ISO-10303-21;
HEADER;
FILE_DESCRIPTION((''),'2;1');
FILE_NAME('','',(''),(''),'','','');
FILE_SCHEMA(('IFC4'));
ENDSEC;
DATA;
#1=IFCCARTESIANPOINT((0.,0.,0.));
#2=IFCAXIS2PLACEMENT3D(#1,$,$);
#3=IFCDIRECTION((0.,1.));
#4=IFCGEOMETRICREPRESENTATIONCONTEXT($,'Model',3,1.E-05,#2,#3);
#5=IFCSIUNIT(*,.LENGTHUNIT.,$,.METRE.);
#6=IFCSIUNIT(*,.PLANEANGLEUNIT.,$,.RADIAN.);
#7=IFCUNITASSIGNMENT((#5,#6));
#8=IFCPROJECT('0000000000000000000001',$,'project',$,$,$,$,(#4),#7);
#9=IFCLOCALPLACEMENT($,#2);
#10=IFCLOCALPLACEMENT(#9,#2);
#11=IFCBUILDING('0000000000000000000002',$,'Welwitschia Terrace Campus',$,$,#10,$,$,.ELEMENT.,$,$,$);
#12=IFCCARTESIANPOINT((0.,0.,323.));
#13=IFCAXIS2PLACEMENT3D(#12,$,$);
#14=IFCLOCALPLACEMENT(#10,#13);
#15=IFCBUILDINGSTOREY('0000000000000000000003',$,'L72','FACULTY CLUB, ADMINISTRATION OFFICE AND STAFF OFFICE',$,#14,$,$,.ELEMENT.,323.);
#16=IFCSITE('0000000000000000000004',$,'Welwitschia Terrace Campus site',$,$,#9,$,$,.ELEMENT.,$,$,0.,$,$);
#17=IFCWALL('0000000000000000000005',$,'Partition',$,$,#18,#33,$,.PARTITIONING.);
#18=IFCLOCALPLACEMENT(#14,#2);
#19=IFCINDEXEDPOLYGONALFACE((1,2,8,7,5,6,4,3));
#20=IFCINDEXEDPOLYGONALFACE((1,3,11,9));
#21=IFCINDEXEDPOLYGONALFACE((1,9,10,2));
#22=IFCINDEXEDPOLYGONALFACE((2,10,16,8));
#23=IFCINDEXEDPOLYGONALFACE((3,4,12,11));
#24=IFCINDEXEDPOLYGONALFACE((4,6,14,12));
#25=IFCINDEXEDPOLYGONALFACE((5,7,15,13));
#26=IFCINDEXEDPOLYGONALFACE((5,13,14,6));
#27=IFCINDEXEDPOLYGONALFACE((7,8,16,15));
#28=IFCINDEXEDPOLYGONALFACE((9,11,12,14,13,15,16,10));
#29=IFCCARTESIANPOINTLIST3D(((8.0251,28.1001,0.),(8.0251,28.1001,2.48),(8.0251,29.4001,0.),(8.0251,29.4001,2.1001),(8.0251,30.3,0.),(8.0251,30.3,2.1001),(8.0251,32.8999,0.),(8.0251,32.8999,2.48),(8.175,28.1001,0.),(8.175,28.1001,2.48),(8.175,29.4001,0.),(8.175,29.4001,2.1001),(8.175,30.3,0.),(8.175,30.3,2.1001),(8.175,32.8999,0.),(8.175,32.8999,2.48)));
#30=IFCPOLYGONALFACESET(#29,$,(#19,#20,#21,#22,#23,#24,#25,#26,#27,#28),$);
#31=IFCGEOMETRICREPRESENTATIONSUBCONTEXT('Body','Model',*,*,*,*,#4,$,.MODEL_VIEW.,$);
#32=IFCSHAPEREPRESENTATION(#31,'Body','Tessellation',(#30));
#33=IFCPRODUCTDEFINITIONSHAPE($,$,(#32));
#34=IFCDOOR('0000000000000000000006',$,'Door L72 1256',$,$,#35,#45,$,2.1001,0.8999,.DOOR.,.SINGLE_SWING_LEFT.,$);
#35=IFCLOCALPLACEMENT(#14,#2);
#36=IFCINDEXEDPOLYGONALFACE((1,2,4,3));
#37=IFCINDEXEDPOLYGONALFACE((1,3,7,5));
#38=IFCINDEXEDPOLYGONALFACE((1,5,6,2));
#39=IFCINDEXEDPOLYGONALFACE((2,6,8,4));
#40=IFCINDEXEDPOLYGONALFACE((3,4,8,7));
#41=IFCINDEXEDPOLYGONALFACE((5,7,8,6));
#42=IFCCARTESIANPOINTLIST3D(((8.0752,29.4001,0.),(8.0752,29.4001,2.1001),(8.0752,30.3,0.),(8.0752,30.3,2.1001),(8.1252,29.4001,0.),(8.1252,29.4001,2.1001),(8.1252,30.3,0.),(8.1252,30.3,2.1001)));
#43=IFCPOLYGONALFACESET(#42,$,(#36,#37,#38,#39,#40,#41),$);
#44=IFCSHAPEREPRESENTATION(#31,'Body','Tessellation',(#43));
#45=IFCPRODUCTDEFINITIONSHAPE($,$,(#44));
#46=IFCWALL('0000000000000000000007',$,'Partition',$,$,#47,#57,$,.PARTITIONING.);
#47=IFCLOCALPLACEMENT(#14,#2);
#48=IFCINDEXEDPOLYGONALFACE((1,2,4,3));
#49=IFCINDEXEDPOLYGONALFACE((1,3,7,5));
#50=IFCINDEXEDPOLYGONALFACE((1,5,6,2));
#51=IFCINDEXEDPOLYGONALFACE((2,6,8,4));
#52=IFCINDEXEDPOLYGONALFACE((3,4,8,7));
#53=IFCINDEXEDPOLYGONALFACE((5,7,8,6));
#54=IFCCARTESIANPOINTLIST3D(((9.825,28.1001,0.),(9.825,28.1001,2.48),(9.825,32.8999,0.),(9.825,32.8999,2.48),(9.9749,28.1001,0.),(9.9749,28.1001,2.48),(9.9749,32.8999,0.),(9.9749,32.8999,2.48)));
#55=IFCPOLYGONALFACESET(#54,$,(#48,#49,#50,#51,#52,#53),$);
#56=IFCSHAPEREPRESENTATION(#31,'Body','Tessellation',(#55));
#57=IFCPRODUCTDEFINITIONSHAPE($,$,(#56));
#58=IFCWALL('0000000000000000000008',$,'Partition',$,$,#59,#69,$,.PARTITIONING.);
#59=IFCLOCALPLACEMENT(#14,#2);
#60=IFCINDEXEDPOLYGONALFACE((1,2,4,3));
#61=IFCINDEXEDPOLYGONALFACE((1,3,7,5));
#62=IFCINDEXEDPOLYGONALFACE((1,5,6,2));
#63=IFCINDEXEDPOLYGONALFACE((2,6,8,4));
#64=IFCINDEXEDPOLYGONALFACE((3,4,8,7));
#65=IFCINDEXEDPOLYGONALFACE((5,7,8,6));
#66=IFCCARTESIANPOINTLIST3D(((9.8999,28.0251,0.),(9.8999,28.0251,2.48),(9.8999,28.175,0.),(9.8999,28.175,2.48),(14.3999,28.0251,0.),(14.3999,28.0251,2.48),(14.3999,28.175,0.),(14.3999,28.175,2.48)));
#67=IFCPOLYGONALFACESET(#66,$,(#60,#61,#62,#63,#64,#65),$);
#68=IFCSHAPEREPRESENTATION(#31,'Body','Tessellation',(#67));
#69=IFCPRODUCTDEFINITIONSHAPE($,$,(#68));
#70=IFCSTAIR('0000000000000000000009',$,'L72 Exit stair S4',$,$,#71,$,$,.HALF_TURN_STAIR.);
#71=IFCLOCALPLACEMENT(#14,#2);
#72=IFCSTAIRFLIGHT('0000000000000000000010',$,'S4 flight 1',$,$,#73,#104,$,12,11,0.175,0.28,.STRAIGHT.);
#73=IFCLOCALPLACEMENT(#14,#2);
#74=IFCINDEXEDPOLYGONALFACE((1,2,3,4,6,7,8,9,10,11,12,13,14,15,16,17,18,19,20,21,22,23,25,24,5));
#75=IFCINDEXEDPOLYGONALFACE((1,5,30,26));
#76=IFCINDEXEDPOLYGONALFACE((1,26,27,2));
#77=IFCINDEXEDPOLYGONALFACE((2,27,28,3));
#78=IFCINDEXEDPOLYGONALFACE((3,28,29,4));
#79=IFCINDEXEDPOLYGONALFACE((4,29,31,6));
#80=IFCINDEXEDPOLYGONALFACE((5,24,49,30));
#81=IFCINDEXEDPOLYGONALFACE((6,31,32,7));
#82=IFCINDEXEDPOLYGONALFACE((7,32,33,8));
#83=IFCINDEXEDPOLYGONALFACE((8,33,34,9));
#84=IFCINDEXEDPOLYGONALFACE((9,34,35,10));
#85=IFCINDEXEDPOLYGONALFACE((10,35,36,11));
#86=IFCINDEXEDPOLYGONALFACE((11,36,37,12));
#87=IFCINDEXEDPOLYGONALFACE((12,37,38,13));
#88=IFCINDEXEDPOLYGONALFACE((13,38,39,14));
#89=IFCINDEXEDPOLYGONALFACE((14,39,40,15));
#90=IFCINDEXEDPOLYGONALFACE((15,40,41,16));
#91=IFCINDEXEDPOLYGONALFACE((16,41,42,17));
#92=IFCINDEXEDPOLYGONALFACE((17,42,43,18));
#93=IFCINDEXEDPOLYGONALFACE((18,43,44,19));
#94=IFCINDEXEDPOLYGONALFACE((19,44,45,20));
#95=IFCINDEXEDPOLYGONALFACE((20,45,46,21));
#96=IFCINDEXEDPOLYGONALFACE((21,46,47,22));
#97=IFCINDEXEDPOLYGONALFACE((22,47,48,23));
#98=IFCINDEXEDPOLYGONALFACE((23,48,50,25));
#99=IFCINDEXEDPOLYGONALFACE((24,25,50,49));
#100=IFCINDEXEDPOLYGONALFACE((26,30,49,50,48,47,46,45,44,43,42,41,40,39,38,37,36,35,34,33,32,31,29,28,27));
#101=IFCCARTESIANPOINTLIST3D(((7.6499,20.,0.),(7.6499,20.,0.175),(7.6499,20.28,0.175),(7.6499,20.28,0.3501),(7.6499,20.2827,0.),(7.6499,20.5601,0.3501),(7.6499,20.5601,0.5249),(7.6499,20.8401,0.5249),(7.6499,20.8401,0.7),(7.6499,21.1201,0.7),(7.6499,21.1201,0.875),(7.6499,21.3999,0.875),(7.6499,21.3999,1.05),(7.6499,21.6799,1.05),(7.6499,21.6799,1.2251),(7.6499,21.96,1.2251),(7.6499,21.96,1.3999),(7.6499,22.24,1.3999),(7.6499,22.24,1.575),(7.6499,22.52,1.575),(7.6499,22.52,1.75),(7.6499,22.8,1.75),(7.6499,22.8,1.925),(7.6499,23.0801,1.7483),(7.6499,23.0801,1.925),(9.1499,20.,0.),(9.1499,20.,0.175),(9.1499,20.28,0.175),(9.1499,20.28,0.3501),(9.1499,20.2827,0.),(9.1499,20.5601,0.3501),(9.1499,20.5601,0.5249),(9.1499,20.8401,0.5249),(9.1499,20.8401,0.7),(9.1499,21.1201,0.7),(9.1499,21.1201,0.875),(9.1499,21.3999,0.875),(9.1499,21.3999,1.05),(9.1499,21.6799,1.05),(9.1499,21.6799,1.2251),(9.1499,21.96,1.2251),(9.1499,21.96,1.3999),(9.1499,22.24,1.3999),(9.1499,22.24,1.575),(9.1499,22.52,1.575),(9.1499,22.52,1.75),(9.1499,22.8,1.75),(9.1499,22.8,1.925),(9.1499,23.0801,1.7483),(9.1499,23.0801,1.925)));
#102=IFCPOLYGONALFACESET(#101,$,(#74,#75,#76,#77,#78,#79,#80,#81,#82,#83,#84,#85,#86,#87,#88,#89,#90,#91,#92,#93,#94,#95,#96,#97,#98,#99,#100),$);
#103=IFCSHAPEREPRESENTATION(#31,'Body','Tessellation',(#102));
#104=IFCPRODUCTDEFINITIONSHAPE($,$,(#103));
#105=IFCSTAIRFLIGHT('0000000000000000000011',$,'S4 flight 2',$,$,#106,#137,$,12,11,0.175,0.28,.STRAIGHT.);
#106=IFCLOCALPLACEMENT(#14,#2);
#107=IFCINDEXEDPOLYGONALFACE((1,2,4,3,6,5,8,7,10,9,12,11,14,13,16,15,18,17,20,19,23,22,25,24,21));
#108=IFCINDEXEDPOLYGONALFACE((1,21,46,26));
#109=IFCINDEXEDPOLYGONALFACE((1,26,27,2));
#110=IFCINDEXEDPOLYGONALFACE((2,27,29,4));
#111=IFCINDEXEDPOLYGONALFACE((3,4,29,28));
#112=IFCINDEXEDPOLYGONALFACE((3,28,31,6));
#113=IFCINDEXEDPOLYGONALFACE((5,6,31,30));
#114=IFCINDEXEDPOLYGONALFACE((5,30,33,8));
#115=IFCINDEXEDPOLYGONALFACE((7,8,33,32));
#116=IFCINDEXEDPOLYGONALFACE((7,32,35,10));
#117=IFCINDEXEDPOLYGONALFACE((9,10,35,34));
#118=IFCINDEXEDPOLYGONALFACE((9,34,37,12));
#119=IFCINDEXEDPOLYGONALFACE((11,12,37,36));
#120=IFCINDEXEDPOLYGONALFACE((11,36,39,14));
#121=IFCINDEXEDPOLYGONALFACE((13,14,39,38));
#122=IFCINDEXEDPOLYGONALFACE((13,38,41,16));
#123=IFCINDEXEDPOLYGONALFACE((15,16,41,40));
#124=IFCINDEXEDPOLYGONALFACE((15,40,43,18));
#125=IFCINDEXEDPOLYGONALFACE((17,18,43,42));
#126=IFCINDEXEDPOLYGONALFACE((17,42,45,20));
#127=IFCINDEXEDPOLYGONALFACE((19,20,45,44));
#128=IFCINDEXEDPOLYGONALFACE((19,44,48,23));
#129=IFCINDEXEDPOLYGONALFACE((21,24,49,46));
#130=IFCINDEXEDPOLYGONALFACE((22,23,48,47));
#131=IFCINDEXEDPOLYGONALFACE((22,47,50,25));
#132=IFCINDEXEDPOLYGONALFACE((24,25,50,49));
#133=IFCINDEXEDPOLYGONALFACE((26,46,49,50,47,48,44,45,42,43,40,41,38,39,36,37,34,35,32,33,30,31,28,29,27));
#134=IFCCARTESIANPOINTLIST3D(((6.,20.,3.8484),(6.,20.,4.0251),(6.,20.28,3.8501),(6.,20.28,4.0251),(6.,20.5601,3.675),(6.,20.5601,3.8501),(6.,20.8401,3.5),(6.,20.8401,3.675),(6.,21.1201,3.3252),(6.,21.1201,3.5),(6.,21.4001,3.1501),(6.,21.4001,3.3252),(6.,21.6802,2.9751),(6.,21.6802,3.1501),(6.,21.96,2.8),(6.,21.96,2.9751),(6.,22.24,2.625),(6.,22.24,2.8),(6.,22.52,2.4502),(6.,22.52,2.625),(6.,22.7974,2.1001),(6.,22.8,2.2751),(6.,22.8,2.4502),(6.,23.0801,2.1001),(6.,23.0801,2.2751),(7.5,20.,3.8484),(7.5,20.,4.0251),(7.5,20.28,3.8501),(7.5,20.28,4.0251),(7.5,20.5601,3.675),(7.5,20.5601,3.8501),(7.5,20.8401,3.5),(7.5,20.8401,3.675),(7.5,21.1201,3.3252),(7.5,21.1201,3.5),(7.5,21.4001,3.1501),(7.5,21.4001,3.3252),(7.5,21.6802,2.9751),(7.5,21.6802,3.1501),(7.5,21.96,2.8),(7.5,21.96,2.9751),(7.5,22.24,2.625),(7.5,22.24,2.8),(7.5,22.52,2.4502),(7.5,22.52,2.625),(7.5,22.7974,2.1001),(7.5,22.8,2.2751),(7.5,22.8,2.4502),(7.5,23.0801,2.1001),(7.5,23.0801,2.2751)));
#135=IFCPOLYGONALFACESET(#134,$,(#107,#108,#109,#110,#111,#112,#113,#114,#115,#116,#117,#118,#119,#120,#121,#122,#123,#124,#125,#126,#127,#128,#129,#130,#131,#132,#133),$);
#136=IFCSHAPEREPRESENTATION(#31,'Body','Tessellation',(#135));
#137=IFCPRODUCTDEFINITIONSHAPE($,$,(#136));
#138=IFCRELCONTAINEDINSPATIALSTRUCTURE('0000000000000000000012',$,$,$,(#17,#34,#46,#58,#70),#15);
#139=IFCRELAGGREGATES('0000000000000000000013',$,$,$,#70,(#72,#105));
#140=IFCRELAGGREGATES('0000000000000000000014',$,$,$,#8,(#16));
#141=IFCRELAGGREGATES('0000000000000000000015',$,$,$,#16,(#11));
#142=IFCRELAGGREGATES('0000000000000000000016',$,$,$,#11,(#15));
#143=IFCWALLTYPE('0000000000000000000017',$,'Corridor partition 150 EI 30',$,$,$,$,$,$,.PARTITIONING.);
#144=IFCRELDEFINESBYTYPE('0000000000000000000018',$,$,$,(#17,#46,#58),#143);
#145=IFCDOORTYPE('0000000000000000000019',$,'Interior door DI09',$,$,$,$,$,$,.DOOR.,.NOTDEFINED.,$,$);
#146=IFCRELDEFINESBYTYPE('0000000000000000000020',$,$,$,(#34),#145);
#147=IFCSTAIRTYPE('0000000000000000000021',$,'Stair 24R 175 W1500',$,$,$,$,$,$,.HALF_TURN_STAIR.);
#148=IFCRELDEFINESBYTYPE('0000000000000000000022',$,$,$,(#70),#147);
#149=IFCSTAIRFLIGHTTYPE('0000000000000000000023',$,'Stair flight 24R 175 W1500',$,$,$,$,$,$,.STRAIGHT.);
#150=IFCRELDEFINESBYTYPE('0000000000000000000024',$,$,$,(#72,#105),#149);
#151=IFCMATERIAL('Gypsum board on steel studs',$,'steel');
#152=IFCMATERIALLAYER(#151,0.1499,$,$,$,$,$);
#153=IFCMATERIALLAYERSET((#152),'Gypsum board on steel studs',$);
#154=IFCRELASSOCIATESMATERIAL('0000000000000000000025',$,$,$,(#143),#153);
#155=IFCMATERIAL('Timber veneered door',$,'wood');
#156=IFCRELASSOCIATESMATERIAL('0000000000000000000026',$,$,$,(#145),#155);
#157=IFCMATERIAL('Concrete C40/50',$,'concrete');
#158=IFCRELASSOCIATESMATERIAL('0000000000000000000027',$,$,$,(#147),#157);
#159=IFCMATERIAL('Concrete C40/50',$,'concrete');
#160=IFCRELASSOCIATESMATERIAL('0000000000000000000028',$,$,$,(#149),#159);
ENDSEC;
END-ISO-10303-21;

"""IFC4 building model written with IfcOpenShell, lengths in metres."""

from ifc_helpers import new_model, si_unit, direction, frame, frame_2d, origin, place, context, subcontext, project, spatial, polyline, rectangle, outline, extrude, material, layer, layer_set, type_object, element, fill, aggregate, save


model = new_model("IFC4")

# Units and contexts
model_context = context("Model", 3, precision=1e-05, world=origin(), true_north=direction((0.0, 1.0)))
body_context = subcontext(model_context, "Body", "Model", "MODEL_VIEW")
ifc_project = project(units=[si_unit("LENGTHUNIT", "METRE"), si_unit("PLANEANGLEUNIT", "RADIAN")], contexts=[model_context])

# Site, building, storey
site_placement = place(None, origin())
site = spatial("IfcSite", under=ifc_project, at=site_placement, Name="Welwitschia Terrace Campus site", CompositionType="ELEMENT", RefElevation=0.0)
building_placement = place(site_placement, origin())
building = spatial("IfcBuilding", under=site, at=building_placement, Name="Welwitschia Terrace Campus", CompositionType="ELEMENT")
storey_placement = place(building_placement, frame((0.0, 0.0, 323.0)))
storey = spatial("IfcBuildingStorey", under=building, at=storey_placement, Name="L72", Description="FACULTY CLUB, ADMINISTRATION OFFICE AND STAFF OFFICE", CompositionType="ELEMENT", Elevation=323.0)

# Shared definitions
ifc_material_1 = material(Name="Gypsum board on steel studs", Category="steel")
ifc_layer_1 = layer(ifc_material_1, 0.1499)
ifc_layer_set_1 = layer_set([ifc_layer_1], Name="Gypsum board on steel studs")
wall_type_1 = type_object("IfcWallType", Name="Corridor partition 150 EI 30", PredefinedType="PARTITIONING", material=ifc_layer_set_1)

# Wall, opening, door
wall_1_placement = place(storey_placement, frame((8.1001, 28.1001, 0.0), z_axis=(0.0, 0.0, 1.0), x_axis=(0.0, 1.0, 0.0)))
wall_1 = element("IfcWall", 1, at=wall_1_placement, inside=storey, type_object=wall_type_1, Name="Partition", PredefinedType="PARTITIONING", context=body_context, shape_type="SweptSolid", body=[
    extrude(rectangle(XDim=4.7998, YDim=0.1499, at=frame_2d((2.3999, 0.0))), origin(), (0.0, 0.0, 1.0), 2.48),
])
opening_placement = place(wall_1_placement, frame((1.3, 0.0, 0.0)))
opening = element("IfcOpeningElement", 2, at=opening_placement, cuts=wall_1, PredefinedType="OPENING", context=body_context, shape_type="SweptSolid", body=[
    extrude(rectangle(XDim=0.8999, YDim=2.1001, at=frame_2d((0.45, 1.05))), frame((0.0, 0.085, 0.0), z_axis=(0.0, -1.0, 0.0), x_axis=(1.0, 0.0, 0.0)), (0.0, 0.0, 1.0), 0.1699),
])
ifc_material_2 = material(Name="Timber veneered door", Category="wood")
door_type = type_object("IfcDoorType", Name="Interior door DI09", OperationType="NOTDEFINED", PredefinedType="DOOR", material=ifc_material_2)
door_placement = place(opening_placement, origin())
door = element("IfcDoor", 3, at=door_placement, inside=storey, type_object=door_type, Name="Door L72 1256", OperationType="SINGLE_SWING_LEFT", OverallHeight=2.1001, OverallWidth=0.8999, PredefinedType="DOOR", context=body_context, shape_type="SweptSolid", body=[
    extrude(rectangle(XDim=0.8999, YDim=2.1001, at=frame_2d((0.45, 1.05))), frame((0.0, 0.0249, 0.0), z_axis=(0.0, -1.0, 0.0), x_axis=(1.0, 0.0, 0.0)), (0.0, 0.0, 1.0), 0.05),
])
fill(opening, door)

# Walls
wall_2_placement = place(storey_placement, frame((9.8999, 28.1001, 0.0), z_axis=(0.0, 0.0, 1.0), x_axis=(0.0, 1.0, 0.0)))
element("IfcWall", 4, at=wall_2_placement, inside=storey, type_object=wall_type_1, Name="Partition", PredefinedType="PARTITIONING", context=body_context, shape_type="SweptSolid", body=[
    extrude(rectangle(XDim=4.7998, YDim=0.1499, at=frame_2d((2.3999, 0.0))), origin(), (0.0, 0.0, 1.0), 2.48),
])
wall_3_placement = place(storey_placement, frame((9.8999, 28.1001, 0.0), z_axis=(0.0, 0.0, 1.0), x_axis=(1.0, 0.0, 0.0)))
element("IfcWall", 5, at=wall_3_placement, inside=storey, type_object=wall_type_1, Name="Partition", PredefinedType="PARTITIONING", context=body_context, shape_type="SweptSolid", body=[
    extrude(rectangle(XDim=4.5, YDim=0.1499, at=frame_2d((2.25, 0.0))), origin(), (0.0, 0.0, 1.0), 2.48),
])

# Stair, stair flights
ifc_material_3 = material(Name="Concrete C40/50", Category="concrete")
stair_type = type_object("IfcStairType", Name="Stair 24R 175 W1500", PredefinedType="HALF_TURN_STAIR", material=ifc_material_3)
stair_placement = place(storey_placement, origin())
stair = element("IfcStair", 6, at=stair_placement, inside=storey, type_object=stair_type, Name="L72 Exit stair S4", PredefinedType="HALF_TURN_STAIR")
ifc_material_4 = material(Name="Concrete C40/50", Category="concrete")
stair_flight_type = type_object("IfcStairFlightType", Name="Stair flight 24R 175 W1500", PredefinedType="STRAIGHT", material=ifc_material_4)
stair_flight_1_placement = place(storey_placement, frame((8.3999, 20.0, 0.0), z_axis=(0.0, 0.0, 1.0), x_axis=(0.0, 1.0, 0.0)))
stair_flight_1 = element("IfcStairFlight", 7, at=stair_flight_1_placement, type_object=stair_flight_type, Name="S4 flight 1", NumberOfRisers=12, NumberOfTreads=11, PredefinedType="STRAIGHT", RiserHeight=0.175, TreadLength=0.28, context=body_context, shape_type="SweptSolid", body=[
    extrude(outline(polyline([(0.0, 0.0), (0.0, 0.175), (0.28, 0.175), (0.28, 0.3501), (0.5601, 0.3501), (0.5601, 0.5249), (0.8401, 0.5249), (0.8401, 0.7), (1.1201, 0.7), (1.1201, 0.875), (1.3999, 0.875), (1.3999, 1.05), (1.6799, 1.05), (1.6799, 1.2251), (1.96, 1.2251), (1.96, 1.3999), (2.24, 1.3999), (2.24, 1.575), (2.52, 1.575), (2.52, 1.75), (2.8, 1.75), (2.8, 1.925), (3.0801, 1.925), (3.0801, 2.1001), (3.0801, 1.7483), (0.2827, 0.0), (0.0, 0.0)])), frame((0.0, 0.75, 0.0), z_axis=(0.0, -1.0, 0.0), x_axis=(1.0, 0.0, 0.0)), (0.0, 0.0, 1.0), 1.5),
])
stair_flight_2_placement = place(storey_placement, frame((6.75, 23.0801, 2.1001), z_axis=(0.0, 0.0, 1.0), x_axis=(0.0, -1.0, 0.0)))
stair_flight_2 = element("IfcStairFlight", 8, at=stair_flight_2_placement, type_object=stair_flight_type, Name="S4 flight 2", NumberOfRisers=12, NumberOfTreads=11, PredefinedType="STRAIGHT", RiserHeight=0.175, TreadLength=0.28, context=body_context, shape_type="SweptSolid", body=[
    extrude(outline(polyline([(0.0, 0.0), (0.0, 0.175), (0.28, 0.175), (0.28, 0.3501), (0.5601, 0.3501), (0.5601, 0.5249), (0.8401, 0.5249), (0.8401, 0.7), (1.1201, 0.7), (1.1201, 0.875), (1.3999, 0.875), (1.3999, 1.05), (1.6799, 1.05), (1.6799, 1.2251), (1.96, 1.2251), (1.96, 1.3999), (2.24, 1.3999), (2.24, 1.575), (2.52, 1.575), (2.52, 1.75), (2.8, 1.75), (2.8, 1.925), (3.0801, 1.925), (3.0801, 2.1001), (3.0801, 1.7483), (0.2827, 0.0), (0.0, 0.0)])), frame((0.0, 0.75, 0.0), z_axis=(0.0, -1.0, 0.0), x_axis=(1.0, 0.0, 0.0)), (0.0, 0.0, 1.0), 1.5),
])
aggregate(stair, [stair_flight_1, stair_flight_2])

save(model, "model.ifc")
